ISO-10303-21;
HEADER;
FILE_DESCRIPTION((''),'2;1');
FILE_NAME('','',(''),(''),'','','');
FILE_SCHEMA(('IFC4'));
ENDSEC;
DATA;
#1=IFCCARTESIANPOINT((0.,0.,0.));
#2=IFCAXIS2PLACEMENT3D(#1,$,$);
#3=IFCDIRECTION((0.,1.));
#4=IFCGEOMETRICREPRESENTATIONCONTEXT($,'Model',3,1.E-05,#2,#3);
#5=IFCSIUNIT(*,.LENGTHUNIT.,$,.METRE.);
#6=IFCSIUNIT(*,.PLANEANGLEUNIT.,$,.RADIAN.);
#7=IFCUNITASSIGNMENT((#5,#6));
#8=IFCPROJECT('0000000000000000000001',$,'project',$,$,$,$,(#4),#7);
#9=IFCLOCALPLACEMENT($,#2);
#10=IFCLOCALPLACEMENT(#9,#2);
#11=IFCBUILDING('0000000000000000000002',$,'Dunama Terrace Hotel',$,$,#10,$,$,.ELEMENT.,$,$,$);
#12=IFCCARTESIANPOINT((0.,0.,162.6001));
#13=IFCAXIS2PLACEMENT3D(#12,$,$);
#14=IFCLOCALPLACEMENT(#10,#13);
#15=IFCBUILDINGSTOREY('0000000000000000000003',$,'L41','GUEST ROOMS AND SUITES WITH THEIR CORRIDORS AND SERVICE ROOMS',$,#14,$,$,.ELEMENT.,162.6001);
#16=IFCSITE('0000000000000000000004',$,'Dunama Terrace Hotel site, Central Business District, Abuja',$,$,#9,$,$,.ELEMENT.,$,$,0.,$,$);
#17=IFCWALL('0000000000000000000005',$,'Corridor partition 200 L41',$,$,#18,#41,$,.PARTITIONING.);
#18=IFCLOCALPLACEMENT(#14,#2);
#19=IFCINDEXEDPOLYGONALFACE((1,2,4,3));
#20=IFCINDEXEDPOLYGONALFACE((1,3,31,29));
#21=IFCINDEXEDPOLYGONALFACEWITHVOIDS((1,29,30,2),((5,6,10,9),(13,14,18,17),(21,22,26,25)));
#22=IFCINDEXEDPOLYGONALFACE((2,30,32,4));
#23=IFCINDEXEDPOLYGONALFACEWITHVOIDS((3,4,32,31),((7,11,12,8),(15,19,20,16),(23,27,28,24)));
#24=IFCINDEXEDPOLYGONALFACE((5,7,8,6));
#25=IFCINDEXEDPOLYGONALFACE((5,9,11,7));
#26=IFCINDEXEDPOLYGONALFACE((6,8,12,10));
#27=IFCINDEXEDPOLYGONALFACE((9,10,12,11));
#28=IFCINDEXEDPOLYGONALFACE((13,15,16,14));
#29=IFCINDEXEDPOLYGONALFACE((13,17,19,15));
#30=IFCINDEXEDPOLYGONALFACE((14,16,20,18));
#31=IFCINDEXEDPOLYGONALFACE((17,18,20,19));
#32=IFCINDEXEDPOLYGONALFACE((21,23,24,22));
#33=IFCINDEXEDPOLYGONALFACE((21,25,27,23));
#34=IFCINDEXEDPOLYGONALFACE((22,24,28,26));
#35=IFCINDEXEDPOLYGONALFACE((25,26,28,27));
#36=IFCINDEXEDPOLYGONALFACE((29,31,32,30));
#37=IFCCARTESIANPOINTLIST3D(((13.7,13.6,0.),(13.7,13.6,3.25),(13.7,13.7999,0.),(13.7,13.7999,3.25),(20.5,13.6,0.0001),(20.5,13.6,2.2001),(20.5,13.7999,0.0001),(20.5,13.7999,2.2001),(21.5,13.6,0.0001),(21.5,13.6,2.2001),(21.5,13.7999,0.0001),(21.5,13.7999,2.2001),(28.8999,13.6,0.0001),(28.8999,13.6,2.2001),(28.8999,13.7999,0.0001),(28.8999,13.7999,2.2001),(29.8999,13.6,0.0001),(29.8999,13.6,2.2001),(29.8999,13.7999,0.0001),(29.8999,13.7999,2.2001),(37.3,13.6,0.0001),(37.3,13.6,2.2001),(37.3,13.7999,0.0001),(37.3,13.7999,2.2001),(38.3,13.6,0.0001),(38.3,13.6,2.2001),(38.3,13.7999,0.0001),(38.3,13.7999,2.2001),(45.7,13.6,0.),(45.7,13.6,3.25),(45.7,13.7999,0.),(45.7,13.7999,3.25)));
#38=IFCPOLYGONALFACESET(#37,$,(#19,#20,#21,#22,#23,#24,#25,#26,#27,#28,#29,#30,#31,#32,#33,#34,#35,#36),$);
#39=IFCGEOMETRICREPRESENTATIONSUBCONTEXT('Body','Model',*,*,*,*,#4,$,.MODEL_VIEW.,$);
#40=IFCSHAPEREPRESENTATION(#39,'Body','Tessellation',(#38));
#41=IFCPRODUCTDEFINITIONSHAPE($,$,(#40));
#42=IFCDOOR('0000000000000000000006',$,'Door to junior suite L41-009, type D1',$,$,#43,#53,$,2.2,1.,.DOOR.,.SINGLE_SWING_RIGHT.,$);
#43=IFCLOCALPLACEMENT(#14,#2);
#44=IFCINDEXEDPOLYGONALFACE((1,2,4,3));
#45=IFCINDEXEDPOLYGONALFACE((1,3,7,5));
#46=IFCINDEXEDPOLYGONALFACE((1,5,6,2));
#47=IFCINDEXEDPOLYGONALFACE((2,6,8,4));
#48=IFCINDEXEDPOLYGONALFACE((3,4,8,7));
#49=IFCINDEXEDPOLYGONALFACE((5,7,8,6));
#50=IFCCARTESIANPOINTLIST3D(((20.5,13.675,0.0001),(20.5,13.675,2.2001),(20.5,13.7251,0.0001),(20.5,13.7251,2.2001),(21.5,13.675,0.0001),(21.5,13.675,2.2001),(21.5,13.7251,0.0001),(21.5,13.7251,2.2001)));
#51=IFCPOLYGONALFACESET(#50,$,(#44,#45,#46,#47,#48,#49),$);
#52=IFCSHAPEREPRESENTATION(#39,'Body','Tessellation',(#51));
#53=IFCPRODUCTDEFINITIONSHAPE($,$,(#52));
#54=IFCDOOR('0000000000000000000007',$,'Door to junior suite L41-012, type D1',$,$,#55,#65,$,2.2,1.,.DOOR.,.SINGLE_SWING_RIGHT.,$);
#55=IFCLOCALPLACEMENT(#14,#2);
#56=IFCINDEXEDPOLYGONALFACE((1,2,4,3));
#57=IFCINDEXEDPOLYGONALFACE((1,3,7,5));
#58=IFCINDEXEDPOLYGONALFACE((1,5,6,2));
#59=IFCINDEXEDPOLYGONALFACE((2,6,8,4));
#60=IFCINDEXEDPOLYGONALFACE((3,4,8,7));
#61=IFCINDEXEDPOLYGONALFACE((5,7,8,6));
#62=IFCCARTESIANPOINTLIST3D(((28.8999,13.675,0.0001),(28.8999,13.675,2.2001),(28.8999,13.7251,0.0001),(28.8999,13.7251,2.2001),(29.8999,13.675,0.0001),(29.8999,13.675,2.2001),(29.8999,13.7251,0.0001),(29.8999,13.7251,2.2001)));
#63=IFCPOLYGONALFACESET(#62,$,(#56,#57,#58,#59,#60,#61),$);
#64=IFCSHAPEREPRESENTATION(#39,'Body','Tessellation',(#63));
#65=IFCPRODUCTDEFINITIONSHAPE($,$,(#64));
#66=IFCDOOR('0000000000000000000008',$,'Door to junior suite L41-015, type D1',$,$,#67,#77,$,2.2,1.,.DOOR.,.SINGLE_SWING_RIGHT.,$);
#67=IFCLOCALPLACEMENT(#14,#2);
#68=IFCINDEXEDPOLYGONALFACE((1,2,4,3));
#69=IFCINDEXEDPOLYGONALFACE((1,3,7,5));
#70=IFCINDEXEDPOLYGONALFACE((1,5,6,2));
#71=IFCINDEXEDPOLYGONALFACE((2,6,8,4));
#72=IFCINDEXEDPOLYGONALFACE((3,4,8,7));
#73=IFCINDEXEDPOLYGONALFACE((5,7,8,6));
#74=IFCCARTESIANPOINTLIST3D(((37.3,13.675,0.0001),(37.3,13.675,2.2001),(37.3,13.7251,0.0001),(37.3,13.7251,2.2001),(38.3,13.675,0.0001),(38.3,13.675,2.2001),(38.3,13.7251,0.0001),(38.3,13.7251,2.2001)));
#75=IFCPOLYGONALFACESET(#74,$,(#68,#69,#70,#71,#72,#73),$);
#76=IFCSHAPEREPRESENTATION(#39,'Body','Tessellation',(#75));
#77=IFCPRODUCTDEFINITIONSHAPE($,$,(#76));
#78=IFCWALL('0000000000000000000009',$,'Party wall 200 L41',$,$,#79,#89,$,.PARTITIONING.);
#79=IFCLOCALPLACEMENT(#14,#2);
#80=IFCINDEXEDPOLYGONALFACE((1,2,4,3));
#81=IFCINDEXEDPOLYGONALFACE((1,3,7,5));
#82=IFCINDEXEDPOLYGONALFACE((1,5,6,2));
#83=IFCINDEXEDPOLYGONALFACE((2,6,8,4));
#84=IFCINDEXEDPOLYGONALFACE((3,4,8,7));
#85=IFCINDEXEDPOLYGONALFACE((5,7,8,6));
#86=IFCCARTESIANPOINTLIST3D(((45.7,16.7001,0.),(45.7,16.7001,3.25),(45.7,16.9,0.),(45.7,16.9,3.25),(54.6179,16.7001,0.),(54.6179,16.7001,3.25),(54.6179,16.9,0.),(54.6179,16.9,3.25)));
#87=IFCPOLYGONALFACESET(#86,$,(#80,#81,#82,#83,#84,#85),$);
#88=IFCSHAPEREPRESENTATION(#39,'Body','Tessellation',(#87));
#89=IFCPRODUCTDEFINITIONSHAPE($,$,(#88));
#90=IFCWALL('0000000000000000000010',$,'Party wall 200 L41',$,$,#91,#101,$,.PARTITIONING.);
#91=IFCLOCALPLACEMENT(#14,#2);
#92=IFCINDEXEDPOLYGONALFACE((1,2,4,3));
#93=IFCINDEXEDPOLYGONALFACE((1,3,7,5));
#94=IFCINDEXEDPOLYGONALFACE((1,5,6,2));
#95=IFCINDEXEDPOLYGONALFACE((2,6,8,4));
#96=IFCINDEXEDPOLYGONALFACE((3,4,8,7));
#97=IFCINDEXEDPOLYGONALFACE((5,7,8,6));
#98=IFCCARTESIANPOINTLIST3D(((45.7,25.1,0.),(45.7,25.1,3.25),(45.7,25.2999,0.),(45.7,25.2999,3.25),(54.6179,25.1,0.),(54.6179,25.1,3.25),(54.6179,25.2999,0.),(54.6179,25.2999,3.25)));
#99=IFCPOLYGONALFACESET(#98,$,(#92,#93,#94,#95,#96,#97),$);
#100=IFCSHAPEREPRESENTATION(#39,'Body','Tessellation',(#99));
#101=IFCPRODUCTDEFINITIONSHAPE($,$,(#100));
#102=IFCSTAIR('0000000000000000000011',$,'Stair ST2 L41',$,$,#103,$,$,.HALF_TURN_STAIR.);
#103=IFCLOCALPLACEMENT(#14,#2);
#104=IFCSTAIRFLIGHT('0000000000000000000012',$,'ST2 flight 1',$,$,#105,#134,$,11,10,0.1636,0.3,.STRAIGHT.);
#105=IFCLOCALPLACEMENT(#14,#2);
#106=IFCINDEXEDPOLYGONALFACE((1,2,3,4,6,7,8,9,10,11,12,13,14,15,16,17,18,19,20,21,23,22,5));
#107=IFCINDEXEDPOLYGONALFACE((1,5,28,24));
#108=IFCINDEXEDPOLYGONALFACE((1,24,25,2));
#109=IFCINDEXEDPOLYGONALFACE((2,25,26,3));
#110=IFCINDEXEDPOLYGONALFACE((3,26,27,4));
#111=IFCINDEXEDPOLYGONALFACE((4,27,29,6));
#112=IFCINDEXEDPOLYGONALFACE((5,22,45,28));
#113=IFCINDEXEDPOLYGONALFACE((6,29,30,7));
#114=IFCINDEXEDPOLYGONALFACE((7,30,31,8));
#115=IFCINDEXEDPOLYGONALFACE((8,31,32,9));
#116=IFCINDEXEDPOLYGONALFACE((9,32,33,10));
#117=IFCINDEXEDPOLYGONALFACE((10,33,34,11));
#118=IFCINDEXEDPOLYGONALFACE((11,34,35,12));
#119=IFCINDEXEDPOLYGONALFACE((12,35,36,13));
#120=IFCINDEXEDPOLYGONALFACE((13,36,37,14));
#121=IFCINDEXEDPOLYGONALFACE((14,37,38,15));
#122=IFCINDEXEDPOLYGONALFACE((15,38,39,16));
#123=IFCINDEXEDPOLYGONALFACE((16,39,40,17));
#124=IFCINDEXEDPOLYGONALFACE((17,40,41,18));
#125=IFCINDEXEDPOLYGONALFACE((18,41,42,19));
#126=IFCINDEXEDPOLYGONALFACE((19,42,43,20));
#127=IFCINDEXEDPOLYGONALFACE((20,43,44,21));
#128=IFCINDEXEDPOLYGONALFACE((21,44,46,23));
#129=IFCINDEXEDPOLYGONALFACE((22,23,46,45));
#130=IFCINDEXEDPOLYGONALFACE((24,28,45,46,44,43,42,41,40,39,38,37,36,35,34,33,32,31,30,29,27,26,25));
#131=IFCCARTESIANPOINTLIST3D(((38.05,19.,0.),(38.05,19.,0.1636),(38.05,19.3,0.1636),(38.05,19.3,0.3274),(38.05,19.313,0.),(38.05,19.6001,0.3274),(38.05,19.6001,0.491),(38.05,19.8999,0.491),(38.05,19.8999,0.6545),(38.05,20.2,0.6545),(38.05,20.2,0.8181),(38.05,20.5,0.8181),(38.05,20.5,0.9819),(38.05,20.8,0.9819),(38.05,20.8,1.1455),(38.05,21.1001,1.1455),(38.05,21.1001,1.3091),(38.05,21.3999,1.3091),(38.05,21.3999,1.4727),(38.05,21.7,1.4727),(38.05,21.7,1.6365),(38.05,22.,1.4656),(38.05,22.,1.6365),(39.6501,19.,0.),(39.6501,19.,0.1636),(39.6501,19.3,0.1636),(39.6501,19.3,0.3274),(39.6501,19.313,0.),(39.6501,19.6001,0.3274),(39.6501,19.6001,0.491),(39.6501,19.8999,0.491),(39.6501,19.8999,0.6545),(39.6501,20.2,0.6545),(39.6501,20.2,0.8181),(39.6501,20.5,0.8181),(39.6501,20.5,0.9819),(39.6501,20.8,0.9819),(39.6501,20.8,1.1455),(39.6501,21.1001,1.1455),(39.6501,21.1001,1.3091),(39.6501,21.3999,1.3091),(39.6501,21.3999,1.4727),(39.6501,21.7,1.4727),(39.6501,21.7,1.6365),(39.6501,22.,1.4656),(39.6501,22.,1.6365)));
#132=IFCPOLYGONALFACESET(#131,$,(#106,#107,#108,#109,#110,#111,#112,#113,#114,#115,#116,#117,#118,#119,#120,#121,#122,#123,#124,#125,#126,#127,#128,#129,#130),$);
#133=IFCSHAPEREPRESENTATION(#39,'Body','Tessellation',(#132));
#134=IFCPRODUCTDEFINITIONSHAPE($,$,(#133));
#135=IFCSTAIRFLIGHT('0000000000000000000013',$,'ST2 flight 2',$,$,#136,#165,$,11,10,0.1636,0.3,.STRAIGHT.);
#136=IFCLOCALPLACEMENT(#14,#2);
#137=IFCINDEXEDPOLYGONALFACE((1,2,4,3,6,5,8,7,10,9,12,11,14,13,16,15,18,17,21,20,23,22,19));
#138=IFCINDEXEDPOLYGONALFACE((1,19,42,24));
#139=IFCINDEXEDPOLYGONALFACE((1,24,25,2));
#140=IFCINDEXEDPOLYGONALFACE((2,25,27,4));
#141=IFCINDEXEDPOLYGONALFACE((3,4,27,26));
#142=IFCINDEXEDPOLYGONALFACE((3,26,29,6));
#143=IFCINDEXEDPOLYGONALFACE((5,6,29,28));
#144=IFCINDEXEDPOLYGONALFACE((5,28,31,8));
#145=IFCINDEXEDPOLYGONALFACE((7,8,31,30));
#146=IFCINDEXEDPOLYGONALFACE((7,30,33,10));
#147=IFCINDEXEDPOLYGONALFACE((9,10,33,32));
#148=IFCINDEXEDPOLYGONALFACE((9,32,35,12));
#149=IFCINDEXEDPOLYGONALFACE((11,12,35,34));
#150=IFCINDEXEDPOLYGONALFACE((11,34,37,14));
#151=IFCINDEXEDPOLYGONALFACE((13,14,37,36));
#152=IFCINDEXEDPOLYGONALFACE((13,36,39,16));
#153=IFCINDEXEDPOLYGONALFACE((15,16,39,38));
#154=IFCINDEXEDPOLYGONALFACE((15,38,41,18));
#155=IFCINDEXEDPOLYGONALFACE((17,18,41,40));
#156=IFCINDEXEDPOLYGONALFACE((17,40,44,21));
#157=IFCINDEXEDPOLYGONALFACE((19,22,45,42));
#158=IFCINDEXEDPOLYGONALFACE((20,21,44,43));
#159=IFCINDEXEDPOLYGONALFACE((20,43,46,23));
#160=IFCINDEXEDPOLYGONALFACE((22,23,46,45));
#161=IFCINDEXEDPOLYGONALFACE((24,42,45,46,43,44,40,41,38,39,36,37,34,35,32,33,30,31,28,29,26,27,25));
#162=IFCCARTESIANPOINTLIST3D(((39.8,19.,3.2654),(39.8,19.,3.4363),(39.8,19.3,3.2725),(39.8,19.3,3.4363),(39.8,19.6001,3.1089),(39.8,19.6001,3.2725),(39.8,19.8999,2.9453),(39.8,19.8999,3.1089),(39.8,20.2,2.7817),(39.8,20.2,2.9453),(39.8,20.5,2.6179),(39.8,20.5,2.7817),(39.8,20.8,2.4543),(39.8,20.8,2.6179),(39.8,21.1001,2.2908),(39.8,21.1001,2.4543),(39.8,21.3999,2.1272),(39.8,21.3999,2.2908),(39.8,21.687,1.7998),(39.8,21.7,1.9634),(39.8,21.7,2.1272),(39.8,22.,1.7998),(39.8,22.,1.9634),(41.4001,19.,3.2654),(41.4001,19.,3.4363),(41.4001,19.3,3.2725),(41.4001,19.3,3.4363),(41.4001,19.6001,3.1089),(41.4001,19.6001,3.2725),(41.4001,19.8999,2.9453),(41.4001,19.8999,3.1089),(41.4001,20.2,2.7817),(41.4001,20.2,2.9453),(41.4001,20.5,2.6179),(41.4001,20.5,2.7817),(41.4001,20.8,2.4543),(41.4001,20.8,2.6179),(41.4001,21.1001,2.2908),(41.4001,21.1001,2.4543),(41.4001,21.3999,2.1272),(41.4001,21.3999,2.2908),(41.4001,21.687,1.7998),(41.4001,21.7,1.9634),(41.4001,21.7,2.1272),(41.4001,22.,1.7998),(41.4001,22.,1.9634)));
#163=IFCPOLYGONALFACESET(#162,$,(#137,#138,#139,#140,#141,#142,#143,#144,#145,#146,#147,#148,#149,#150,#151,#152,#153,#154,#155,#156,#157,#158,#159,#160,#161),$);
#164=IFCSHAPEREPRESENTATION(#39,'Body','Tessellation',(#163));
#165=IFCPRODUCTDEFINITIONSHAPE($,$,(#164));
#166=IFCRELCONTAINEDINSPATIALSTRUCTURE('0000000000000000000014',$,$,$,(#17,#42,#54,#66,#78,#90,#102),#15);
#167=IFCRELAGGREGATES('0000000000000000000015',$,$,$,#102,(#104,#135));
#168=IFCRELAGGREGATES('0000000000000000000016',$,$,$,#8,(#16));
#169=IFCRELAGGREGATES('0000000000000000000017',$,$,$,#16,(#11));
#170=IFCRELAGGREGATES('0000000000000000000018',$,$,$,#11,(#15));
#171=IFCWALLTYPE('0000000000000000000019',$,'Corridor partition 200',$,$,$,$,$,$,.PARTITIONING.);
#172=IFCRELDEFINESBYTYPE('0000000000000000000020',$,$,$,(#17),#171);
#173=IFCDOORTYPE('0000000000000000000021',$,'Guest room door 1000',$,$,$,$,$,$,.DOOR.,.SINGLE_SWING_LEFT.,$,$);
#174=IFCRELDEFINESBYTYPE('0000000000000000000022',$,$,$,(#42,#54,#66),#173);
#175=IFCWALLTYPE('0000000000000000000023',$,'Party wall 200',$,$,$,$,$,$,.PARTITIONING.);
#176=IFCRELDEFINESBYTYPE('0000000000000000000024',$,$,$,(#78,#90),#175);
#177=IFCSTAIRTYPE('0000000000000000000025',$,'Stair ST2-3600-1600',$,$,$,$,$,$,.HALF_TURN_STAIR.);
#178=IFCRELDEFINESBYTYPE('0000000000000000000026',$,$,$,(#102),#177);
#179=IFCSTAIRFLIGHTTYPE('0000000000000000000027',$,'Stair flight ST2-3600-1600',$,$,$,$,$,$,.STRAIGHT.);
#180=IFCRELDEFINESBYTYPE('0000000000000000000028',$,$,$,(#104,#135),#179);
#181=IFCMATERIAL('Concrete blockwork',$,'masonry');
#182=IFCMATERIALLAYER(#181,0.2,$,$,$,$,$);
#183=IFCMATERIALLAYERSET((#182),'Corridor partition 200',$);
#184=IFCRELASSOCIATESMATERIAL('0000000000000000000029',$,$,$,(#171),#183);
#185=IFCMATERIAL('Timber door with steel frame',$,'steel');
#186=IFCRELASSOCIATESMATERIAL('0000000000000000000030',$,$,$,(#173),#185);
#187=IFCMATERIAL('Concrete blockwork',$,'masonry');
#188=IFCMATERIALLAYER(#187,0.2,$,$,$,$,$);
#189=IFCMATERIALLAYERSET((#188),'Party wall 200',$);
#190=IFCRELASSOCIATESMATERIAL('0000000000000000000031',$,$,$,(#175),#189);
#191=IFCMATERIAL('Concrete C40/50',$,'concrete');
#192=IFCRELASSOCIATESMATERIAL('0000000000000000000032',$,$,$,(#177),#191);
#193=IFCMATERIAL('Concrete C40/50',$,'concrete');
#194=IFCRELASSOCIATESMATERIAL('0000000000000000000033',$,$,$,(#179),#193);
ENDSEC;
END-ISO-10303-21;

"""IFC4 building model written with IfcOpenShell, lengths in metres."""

from ifc_helpers import new_model, si_unit, direction, frame, frame_2d, origin, place, context, subcontext, project, spatial, polyline, rectangle, outline, extrude, material, layer, layer_set, type_object, element, fill, aggregate, save


model = new_model("IFC4")

# Units and contexts
model_context = context("Model", 3, precision=1e-05, world=origin(), true_north=direction((0.0, 1.0)))
body_context = subcontext(model_context, "Body", "Model", "MODEL_VIEW")
ifc_project = project(units=[si_unit("LENGTHUNIT", "METRE"), si_unit("PLANEANGLEUNIT", "RADIAN")], contexts=[model_context])

# Site, building, storey
site_placement = place(None, origin())
site = spatial("IfcSite", under=ifc_project, at=site_placement, Name="Dunama Terrace Hotel site, Central Business District, Abuja", CompositionType="ELEMENT", RefElevation=0.0)
building_placement = place(site_placement, origin())
building = spatial("IfcBuilding", under=site, at=building_placement, Name="Dunama Terrace Hotel", CompositionType="ELEMENT")
storey_placement = place(building_placement, frame((0.0, 0.0, 162.6001)))
storey = spatial("IfcBuildingStorey", under=building, at=storey_placement, Name="L41", Description="GUEST ROOMS AND SUITES WITH THEIR CORRIDORS AND SERVICE ROOMS", CompositionType="ELEMENT", Elevation=162.6001)

# Wall, openings, doors
ifc_material_1 = material(Name="Concrete blockwork", Category="masonry")
ifc_layer_1 = layer(ifc_material_1, 0.2)
ifc_layer_set_1 = layer_set([ifc_layer_1], Name="Corridor partition 200")
wall_type_1 = type_object("IfcWallType", Name="Corridor partition 200", PredefinedType="PARTITIONING", material=ifc_layer_set_1)
wall_1_placement = place(storey_placement, frame((45.7, 13.7, 0.0), z_axis=(0.0, 0.0, 1.0), x_axis=(-1.0, 0.0, 0.0)))
wall_1 = element("IfcWall", 1, at=wall_1_placement, inside=storey, type_object=wall_type_1, Name="Corridor partition 200 L41", PredefinedType="PARTITIONING", context=body_context, shape_type="SweptSolid", body=[
    extrude(rectangle(XDim=32.0, YDim=0.2, at=frame_2d((16.0, 0.0))), origin(), (0.0, 0.0, 1.0), 3.25),
])
opening_1_placement = place(wall_1_placement, frame((24.2, 0.0, 0.0)))
opening_1 = element("IfcOpeningElement", 2, at=opening_1_placement, cuts=wall_1, PredefinedType="OPENING", context=body_context, shape_type="SweptSolid", body=[
    extrude(rectangle(XDim=1.0, YDim=2.2, at=frame_2d((0.5, 1.1001))), frame((0.0, 0.1099, 0.0), z_axis=(0.0, -1.0, 0.0), x_axis=(1.0, 0.0, 0.0)), (0.0, 0.0, 1.0), 0.22),
])
opening_2_placement = place(wall_1_placement, frame((15.8, 0.0, 0.0)))
opening_2 = element("IfcOpeningElement", 3, at=opening_2_placement, cuts=wall_1, PredefinedType="OPENING", context=body_context, shape_type="SweptSolid", body=[
    extrude(rectangle(XDim=1.0, YDim=2.2, at=frame_2d((0.5, 1.1001))), frame((0.0, 0.1099, 0.0), z_axis=(0.0, -1.0, 0.0), x_axis=(1.0, 0.0, 0.0)), (0.0, 0.0, 1.0), 0.22),
])
opening_3_placement = place(wall_1_placement, frame((7.3999, 0.0, 0.0)))
opening_3 = element("IfcOpeningElement", 4, at=opening_3_placement, cuts=wall_1, PredefinedType="OPENING", context=body_context, shape_type="SweptSolid", body=[
    extrude(rectangle(XDim=1.0, YDim=2.2, at=frame_2d((0.5, 1.1001))), frame((0.0, 0.1099, 0.0), z_axis=(0.0, -1.0, 0.0), x_axis=(1.0, 0.0, 0.0)), (0.0, 0.0, 1.0), 0.22),
])
ifc_material_2 = material(Name="Timber door with steel frame", Category="steel")
door_type_1 = type_object("IfcDoorType", Name="Guest room door 1000", OperationType="SINGLE_SWING_LEFT", PredefinedType="DOOR", material=ifc_material_2)
door_1_placement = place(opening_1_placement, origin())
door_1 = element("IfcDoor", 5, at=door_1_placement, inside=storey, type_object=door_type_1, Name="Door to junior suite L41-009, type D1", OperationType="SINGLE_SWING_RIGHT", OverallHeight=2.2, OverallWidth=1.0, PredefinedType="DOOR", context=body_context, shape_type="SweptSolid", body=[
    extrude(rectangle(XDim=1.0, YDim=2.2, at=frame_2d((0.5, 1.1001))), frame((0.0, 0.0249, 0.0), z_axis=(0.0, -1.0, 0.0), x_axis=(1.0, 0.0, 0.0)), (0.0, 0.0, 1.0), 0.05),
])
fill(opening_1, door_1)
door_2_placement = place(opening_2_placement, origin())
door_2 = element("IfcDoor", 6, at=door_2_placement, inside=storey, type_object=door_type_1, Name="Door to junior suite L41-012, type D1", OperationType="SINGLE_SWING_RIGHT", OverallHeight=2.2, OverallWidth=1.0, PredefinedType="DOOR", context=body_context, shape_type="SweptSolid", body=[
    extrude(rectangle(XDim=1.0, YDim=2.2, at=frame_2d((0.5, 1.1001))), frame((0.0, 0.0249, 0.0), z_axis=(0.0, -1.0, 0.0), x_axis=(1.0, 0.0, 0.0)), (0.0, 0.0, 1.0), 0.05),
])
fill(opening_2, door_2)
door_3_placement = place(opening_3_placement, origin())
door_3 = element("IfcDoor", 7, at=door_3_placement, inside=storey, type_object=door_type_1, Name="Door to junior suite L41-015, type D1", OperationType="SINGLE_SWING_RIGHT", OverallHeight=2.2, OverallWidth=1.0, PredefinedType="DOOR", context=body_context, shape_type="SweptSolid", body=[
    extrude(rectangle(XDim=1.0, YDim=2.2, at=frame_2d((0.5, 1.1001))), frame((0.0, 0.0249, 0.0), z_axis=(0.0, -1.0, 0.0), x_axis=(1.0, 0.0, 0.0)), (0.0, 0.0, 1.0), 0.05),
])
fill(opening_3, door_3)

# Walls
ifc_material_3 = material(Name="Concrete blockwork", Category="masonry")
ifc_layer_2 = layer(ifc_material_3, 0.2)
ifc_layer_set_2 = layer_set([ifc_layer_2], Name="Party wall 200")
wall_type_2 = type_object("IfcWallType", Name="Party wall 200", PredefinedType="PARTITIONING", material=ifc_layer_set_2)
for number, where, z_axis, x_axis, name in (
    (8, (45.7, 16.8, 0.0), (0.0, 0.0, 1.0), (1.0, 0.0, 0.0), "Party wall 200 L41"),
    (9, (45.7, 25.2, 0.0), (0.0, 0.0, 1.0), (1.0, 0.0, 0.0), "Party wall 200 L41"),
):
    element("IfcWall", number, at=place(storey_placement, frame(where, z_axis=z_axis, x_axis=x_axis)), inside=storey, type_object=wall_type_2, Name=name, PredefinedType="PARTITIONING", context=body_context, shape_type="SweptSolid", body=[
        extrude(rectangle(XDim=8.918, YDim=0.2, at=frame_2d((4.459, 0.0))), origin(), (0.0, 0.0, 1.0), 3.25),
    ])

# Stair, stair flights
ifc_material_4 = material(Name="Concrete C40/50", Category="concrete")
stair_type = type_object("IfcStairType", Name="Stair ST2-3600-1600", PredefinedType="HALF_TURN_STAIR", material=ifc_material_4)
stair_placement = place(storey_placement, origin())
stair = element("IfcStair", 10, at=stair_placement, inside=storey, type_object=stair_type, Name="Stair ST2 L41", PredefinedType="HALF_TURN_STAIR")
ifc_material_5 = material(Name="Concrete C40/50", Category="concrete")
stair_flight_type = type_object("IfcStairFlightType", Name="Stair flight ST2-3600-1600", PredefinedType="STRAIGHT", material=ifc_material_5)
stair_flight_1_placement = place(storey_placement, frame((38.8501, 19.0, 0.0), z_axis=(0.0, 0.0, 1.0), x_axis=(0.0, 1.0, 0.0)))
stair_flight_1 = element("IfcStairFlight", 11, at=stair_flight_1_placement, type_object=stair_flight_type, Name="ST2 flight 1", NumberOfRisers=11, NumberOfTreads=10, PredefinedType="STRAIGHT", RiserHeight=0.1636, TreadLength=0.3, context=body_context, shape_type="SweptSolid", body=[
    extrude(outline(polyline([(0.0, 0.0), (0.0, 0.1636), (0.3, 0.1636), (0.3, 0.3274), (0.6001, 0.3274), (0.6001, 0.491), (0.8999, 0.491), (0.8999, 0.6545), (1.2, 0.6545), (1.2, 0.8181), (1.5, 0.8181), (1.5, 0.9819), (1.8, 0.9819), (1.8, 1.1455), (2.1001, 1.1455), (2.1001, 1.3091), (2.3999, 1.3091), (2.3999, 1.4727), (2.7, 1.4727), (2.7, 1.6365), (3.0, 1.6365), (3.0, 1.8), (3.0, 1.4656), (0.313, 0.0), (0.0, 0.0)])), frame((0.0, 0.8, 0.0), z_axis=(0.0, -1.0, 0.0), x_axis=(1.0, 0.0, 0.0)), (0.0, 0.0, 1.0), 1.6001),
])
stair_flight_2_placement = place(storey_placement, frame((40.6001, 22.0, 1.7998), z_axis=(0.0, 0.0, 1.0), x_axis=(0.0, -1.0, 0.0)))
stair_flight_2 = element("IfcStairFlight", 12, at=stair_flight_2_placement, type_object=stair_flight_type, Name="ST2 flight 2", NumberOfRisers=11, NumberOfTreads=10, PredefinedType="STRAIGHT", RiserHeight=0.1636, TreadLength=0.3, context=body_context, shape_type="SweptSolid", body=[
    extrude(outline(polyline([(0.0, 0.0), (0.0, 0.1636), (0.3, 0.1636), (0.3, 0.3274), (0.6001, 0.3274), (0.6001, 0.491), (0.8999, 0.491), (0.8999, 0.6545), (1.2, 0.6545), (1.2, 0.8181), (1.5, 0.8181), (1.5, 0.9819), (1.8, 0.9819), (1.8, 1.1455), (2.1001, 1.1455), (2.1001, 1.3091), (2.3999, 1.3091), (2.3999, 1.4727), (2.7, 1.4727), (2.7, 1.6365), (3.0, 1.6365), (3.0, 1.8), (3.0, 1.4656), (0.313, 0.0), (0.0, 0.0)])), frame((0.0, 0.8, 0.0), z_axis=(0.0, -1.0, 0.0), x_axis=(1.0, 0.0, 0.0)), (0.0, 0.0, 1.0), 1.6001),
])
aggregate(stair, [stair_flight_1, stair_flight_2])

save(model, "model.ifc")
